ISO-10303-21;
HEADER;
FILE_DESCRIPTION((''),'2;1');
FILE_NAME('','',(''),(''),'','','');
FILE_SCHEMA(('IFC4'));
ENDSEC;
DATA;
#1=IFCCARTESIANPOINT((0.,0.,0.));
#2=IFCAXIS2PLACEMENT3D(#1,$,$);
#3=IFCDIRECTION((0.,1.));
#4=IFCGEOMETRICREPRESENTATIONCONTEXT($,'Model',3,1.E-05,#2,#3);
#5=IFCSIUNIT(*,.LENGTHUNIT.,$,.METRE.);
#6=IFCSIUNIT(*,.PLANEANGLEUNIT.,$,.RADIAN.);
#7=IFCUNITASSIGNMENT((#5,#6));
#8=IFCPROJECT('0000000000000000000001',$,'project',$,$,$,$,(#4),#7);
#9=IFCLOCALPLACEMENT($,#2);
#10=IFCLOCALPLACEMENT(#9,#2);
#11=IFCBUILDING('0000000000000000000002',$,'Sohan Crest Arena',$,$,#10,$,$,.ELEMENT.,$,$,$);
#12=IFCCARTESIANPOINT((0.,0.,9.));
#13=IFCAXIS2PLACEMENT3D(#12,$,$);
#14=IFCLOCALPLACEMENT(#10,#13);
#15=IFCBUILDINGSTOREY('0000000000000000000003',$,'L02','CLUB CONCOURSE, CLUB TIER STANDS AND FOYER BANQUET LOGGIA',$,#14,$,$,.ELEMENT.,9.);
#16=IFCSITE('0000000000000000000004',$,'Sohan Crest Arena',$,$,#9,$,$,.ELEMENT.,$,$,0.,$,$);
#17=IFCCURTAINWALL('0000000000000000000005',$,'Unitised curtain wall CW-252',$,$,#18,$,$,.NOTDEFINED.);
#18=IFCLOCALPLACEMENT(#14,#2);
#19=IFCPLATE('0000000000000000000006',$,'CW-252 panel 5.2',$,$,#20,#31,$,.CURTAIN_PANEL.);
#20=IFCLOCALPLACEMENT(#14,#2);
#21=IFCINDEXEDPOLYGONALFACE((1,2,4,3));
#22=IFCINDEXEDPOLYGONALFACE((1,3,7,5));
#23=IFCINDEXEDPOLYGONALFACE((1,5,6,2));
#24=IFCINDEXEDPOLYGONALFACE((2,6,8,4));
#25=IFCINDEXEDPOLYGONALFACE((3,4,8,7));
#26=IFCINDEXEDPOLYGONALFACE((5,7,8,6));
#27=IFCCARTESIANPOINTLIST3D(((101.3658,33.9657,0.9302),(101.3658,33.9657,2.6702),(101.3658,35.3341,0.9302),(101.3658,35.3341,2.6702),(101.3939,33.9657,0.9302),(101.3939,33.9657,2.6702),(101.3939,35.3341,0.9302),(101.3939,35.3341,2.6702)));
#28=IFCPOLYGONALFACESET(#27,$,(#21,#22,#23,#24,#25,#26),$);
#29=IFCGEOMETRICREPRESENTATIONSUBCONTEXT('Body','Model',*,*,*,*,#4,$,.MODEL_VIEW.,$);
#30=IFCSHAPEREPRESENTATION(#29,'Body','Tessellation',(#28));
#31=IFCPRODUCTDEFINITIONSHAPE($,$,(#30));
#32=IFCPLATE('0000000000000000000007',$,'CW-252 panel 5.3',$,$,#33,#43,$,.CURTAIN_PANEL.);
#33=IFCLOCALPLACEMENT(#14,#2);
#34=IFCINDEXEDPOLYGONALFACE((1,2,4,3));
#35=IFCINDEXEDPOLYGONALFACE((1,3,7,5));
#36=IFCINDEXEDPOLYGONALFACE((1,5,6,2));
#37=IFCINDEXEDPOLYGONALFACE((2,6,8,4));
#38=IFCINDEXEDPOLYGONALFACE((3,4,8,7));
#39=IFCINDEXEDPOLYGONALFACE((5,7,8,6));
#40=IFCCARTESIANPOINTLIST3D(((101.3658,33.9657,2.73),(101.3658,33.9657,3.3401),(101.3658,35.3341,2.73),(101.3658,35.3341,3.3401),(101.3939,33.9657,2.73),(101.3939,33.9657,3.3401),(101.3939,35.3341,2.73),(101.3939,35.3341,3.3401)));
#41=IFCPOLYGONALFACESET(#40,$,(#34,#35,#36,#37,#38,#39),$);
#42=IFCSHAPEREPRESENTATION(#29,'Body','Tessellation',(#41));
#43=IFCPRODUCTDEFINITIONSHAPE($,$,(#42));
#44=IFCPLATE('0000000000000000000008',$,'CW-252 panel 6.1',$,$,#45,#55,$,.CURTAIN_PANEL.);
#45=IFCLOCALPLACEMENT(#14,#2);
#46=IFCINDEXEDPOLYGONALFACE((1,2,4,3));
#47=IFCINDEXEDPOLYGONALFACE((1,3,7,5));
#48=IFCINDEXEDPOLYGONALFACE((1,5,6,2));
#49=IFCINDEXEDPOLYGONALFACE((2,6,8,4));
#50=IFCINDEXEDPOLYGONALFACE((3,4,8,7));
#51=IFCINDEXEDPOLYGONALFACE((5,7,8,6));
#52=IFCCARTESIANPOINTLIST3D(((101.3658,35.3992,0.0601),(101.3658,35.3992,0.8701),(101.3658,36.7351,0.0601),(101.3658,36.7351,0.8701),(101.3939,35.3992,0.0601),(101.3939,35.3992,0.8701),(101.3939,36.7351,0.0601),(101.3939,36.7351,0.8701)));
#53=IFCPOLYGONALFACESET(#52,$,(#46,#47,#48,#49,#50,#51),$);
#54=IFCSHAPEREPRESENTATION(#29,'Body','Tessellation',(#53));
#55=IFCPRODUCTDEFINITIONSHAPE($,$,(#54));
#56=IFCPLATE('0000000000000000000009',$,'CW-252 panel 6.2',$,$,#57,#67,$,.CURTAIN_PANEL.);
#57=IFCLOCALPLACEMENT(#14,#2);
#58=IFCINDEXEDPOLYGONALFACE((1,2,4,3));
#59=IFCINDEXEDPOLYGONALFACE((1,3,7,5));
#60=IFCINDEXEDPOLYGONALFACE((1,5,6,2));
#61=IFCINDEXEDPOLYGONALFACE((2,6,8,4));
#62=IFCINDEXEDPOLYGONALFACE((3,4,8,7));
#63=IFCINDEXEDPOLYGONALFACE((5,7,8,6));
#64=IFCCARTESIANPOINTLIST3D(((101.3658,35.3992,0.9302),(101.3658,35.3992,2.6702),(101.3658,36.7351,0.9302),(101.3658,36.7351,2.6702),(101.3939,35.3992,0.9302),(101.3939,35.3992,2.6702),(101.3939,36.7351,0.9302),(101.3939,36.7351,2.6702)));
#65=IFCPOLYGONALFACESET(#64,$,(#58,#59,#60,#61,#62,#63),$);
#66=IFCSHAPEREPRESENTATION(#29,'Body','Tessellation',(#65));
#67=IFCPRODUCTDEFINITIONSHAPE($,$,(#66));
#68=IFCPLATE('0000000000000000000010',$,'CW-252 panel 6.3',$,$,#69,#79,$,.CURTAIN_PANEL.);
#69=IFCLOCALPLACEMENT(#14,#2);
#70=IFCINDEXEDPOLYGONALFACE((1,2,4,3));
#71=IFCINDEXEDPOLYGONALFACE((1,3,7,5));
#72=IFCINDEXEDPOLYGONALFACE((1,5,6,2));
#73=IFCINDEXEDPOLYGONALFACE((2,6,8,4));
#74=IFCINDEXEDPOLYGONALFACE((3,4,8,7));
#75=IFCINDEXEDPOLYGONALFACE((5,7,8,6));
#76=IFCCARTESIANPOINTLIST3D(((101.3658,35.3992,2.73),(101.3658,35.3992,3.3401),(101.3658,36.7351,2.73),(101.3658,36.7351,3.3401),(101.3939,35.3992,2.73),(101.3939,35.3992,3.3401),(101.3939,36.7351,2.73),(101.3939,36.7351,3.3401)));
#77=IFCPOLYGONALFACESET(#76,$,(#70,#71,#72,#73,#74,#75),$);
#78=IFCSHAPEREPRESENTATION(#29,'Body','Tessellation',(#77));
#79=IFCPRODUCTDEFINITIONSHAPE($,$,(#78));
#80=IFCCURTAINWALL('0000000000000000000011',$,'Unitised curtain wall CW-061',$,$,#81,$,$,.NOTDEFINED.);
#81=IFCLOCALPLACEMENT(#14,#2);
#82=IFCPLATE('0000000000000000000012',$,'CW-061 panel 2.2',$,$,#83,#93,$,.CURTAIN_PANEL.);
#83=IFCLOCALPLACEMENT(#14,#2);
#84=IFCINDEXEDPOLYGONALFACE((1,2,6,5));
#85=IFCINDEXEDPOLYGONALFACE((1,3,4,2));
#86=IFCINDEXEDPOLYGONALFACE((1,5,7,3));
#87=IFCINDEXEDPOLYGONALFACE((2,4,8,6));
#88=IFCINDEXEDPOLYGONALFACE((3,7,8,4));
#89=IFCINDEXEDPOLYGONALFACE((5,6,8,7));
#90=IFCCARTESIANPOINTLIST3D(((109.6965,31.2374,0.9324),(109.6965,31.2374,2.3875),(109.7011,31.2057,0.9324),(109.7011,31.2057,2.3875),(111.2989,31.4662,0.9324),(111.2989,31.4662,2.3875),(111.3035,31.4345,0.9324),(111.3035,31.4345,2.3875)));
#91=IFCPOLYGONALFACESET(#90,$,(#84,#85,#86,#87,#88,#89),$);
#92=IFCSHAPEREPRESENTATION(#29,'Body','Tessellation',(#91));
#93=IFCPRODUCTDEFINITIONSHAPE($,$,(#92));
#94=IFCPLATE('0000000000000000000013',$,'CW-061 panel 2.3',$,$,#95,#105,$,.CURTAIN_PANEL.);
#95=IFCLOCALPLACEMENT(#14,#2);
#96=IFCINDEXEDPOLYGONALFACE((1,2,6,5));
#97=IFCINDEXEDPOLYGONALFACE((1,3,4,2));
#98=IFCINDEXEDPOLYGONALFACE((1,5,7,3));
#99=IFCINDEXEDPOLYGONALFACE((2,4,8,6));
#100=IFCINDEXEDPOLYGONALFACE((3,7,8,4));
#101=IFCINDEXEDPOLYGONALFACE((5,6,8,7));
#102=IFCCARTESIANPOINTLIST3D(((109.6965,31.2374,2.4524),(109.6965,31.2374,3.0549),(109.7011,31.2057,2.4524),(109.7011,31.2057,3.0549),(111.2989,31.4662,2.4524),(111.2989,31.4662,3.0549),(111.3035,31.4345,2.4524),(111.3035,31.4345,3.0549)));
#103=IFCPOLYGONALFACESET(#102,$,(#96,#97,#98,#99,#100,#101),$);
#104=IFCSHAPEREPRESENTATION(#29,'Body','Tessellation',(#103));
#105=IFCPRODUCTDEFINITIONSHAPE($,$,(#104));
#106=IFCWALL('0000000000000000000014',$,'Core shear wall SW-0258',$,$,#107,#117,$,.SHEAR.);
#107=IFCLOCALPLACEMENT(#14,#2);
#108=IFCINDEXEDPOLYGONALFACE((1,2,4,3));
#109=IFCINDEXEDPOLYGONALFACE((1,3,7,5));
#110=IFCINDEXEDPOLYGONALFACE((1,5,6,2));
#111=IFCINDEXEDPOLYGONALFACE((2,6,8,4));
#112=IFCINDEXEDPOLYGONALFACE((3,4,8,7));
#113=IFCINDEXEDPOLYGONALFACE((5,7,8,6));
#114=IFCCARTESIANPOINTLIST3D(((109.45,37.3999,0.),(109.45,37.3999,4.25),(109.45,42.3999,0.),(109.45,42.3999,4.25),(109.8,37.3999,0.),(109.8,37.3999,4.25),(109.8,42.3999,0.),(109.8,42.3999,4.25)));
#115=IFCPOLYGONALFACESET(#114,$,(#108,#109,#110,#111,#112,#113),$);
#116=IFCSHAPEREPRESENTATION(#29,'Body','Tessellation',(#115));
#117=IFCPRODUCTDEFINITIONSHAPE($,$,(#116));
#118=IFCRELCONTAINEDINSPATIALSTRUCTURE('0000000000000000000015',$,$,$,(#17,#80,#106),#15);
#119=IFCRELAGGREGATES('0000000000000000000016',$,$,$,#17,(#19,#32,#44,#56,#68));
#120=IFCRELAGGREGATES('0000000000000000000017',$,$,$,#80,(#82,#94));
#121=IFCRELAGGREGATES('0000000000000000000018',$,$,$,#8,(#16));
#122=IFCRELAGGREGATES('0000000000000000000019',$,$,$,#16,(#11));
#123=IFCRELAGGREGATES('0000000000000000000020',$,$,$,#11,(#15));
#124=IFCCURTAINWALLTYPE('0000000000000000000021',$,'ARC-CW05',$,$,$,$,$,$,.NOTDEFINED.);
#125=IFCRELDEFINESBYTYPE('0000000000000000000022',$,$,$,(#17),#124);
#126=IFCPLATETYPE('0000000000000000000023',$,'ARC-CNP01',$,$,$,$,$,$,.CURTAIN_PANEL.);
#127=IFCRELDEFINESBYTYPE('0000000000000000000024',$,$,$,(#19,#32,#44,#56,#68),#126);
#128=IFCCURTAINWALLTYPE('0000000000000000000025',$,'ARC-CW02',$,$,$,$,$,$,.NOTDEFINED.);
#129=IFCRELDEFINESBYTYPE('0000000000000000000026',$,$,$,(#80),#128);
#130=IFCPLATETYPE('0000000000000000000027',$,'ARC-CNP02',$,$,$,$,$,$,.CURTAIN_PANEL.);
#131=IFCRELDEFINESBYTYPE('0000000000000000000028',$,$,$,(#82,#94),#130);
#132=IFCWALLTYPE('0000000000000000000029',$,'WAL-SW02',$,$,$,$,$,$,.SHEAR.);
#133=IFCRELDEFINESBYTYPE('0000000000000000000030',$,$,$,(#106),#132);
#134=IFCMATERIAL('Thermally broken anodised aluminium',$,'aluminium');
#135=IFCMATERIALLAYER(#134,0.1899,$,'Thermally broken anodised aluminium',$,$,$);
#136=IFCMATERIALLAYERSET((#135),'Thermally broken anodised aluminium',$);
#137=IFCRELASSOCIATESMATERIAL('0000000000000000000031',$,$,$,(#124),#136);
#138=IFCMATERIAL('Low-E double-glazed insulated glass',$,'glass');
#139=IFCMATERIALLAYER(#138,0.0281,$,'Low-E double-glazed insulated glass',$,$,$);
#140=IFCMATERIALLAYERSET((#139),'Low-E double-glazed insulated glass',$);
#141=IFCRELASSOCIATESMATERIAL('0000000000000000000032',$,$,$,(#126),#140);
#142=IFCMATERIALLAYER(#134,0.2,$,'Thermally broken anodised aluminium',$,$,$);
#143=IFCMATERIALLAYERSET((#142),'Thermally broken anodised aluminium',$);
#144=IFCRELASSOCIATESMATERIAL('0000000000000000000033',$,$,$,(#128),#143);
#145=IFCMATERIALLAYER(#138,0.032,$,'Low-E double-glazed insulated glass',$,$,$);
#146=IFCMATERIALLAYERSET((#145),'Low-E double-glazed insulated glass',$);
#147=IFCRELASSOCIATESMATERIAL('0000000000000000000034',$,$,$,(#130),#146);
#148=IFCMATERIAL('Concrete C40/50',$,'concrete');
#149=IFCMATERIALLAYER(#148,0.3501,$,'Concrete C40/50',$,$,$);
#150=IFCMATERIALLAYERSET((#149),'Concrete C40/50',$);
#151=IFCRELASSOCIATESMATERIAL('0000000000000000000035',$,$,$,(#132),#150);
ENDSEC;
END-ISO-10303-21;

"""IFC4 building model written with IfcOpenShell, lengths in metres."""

from ifc_helpers import new_model, si_unit, direction, frame, frame_2d, origin, origin_2d, place, context, subcontext, project, spatial, rectangle, extrude, material, layer, layer_set, type_object, element, aggregate, save


model = new_model("IFC4")

# Units and contexts
model_context = context("Model", 3, precision=1e-05, world=origin(), true_north=direction((0.0, 1.0)))
body_context = subcontext(model_context, "Body", "Model", "MODEL_VIEW")
ifc_project = project(units=[si_unit("LENGTHUNIT", "METRE"), si_unit("PLANEANGLEUNIT", "RADIAN")], contexts=[model_context])

# Site, building, storey
site_placement = place(None, origin())
site = spatial("IfcSite", under=ifc_project, at=site_placement, Name="Sohan Crest Arena", CompositionType="ELEMENT", RefElevation=0.0)
building_placement = place(site_placement, origin())
building = spatial("IfcBuilding", under=site, at=building_placement, Name="Sohan Crest Arena", CompositionType="ELEMENT")
storey_placement = place(building_placement, frame((0.0, 0.0, 9.0)))
storey = spatial("IfcBuildingStorey", under=building, at=storey_placement, Name="L02", Description="CLUB CONCOURSE, CLUB TIER STANDS AND FOYER BANQUET LOGGIA", CompositionType="ELEMENT", Elevation=9.0)

# Curtain wall
ifc_material_1 = material(Name="Thermally broken anodised aluminium", Category="aluminium")
ifc_layer_1 = layer(ifc_material_1, 0.1899, Name="Thermally broken anodised aluminium")
ifc_layer_set_1 = layer_set([ifc_layer_1], Name="Thermally broken anodised aluminium")
curtain_wall_type_1 = type_object("IfcCurtainWallType", Name="ARC-CW05", PredefinedType="NOTDEFINED", material=ifc_layer_set_1)
curtain_wall_1_placement = place(storey_placement, origin())
curtain_wall_1 = element("IfcCurtainWall", 1, at=curtain_wall_1_placement, inside=storey, type_object=curtain_wall_type_1, Name="Unitised curtain wall CW-252", PredefinedType="NOTDEFINED")

# Plates
ifc_material_2 = material(Name="Low-E double-glazed insulated glass", Category="glass")
ifc_layer_2 = layer(ifc_material_2, 0.0281, Name="Low-E double-glazed insulated glass")
ifc_layer_set_2 = layer_set([ifc_layer_2], Name="Low-E double-glazed insulated glass")
plate_type_1 = type_object("IfcPlateType", Name="ARC-CNP01", PredefinedType="CURTAIN_PANEL", material=ifc_layer_set_2)
plate_1_placement = place(storey_placement, frame((101.3799, 34.6499, 0.9302), z_axis=(0.0, 0.0, 1.0), x_axis=(0.0, 1.0, 0.0)))
plate_1 = element("IfcPlate", 2, at=plate_1_placement, type_object=plate_type_1, Name="CW-252 panel 5.2", PredefinedType="CURTAIN_PANEL", context=body_context, shape_type="SweptSolid", body=[
    extrude(rectangle(XDim=1.3684, YDim=0.0281, at=origin_2d()), origin(), (0.0, 0.0, 1.0), 1.74),
])
plate_2_placement = place(storey_placement, frame((101.3799, 34.6499, 2.73), z_axis=(0.0, 0.0, 1.0), x_axis=(0.0, 1.0, 0.0)))
plate_2 = element("IfcPlate", 3, at=plate_2_placement, type_object=plate_type_1, Name="CW-252 panel 5.3", PredefinedType="CURTAIN_PANEL", context=body_context, shape_type="SweptSolid", body=[
    extrude(rectangle(XDim=1.3684, YDim=0.0281, at=origin_2d()), origin(), (0.0, 0.0, 1.0), 0.6101),
])
plate_3_placement = place(storey_placement, frame((101.3799, 36.0671, 0.0601), z_axis=(0.0, 0.0, 1.0), x_axis=(0.0, 1.0, 0.0)))
plate_3 = element("IfcPlate", 4, at=plate_3_placement, type_object=plate_type_1, Name="CW-252 panel 6.1", PredefinedType="CURTAIN_PANEL", context=body_context, shape_type="SweptSolid", body=[
    extrude(rectangle(XDim=1.3359, YDim=0.0281, at=origin_2d()), origin(), (0.0, 0.0, 1.0), 0.8101),
])
plate_4_placement = place(storey_placement, frame((101.3799, 36.0671, 0.9302), z_axis=(0.0, 0.0, 1.0), x_axis=(0.0, 1.0, 0.0)))
plate_4 = element("IfcPlate", 5, at=plate_4_placement, type_object=plate_type_1, Name="CW-252 panel 6.2", PredefinedType="CURTAIN_PANEL", context=body_context, shape_type="SweptSolid", body=[
    extrude(rectangle(XDim=1.3359, YDim=0.0281, at=origin_2d()), origin(), (0.0, 0.0, 1.0), 1.74),
])
plate_5_placement = place(storey_placement, frame((101.3799, 36.0671, 2.73), z_axis=(0.0, 0.0, 1.0), x_axis=(0.0, 1.0, 0.0)))
plate_5 = element("IfcPlate", 6, at=plate_5_placement, type_object=plate_type_1, Name="CW-252 panel 6.3", PredefinedType="CURTAIN_PANEL", context=body_context, shape_type="SweptSolid", body=[
    extrude(rectangle(XDim=1.3359, YDim=0.0281, at=origin_2d()), origin(), (0.0, 0.0, 1.0), 0.6101),
])
aggregate(curtain_wall_1, [plate_1, plate_2, plate_3, plate_4, plate_5])

# Curtain wall, plates
ifc_layer_3 = layer(ifc_material_1, 0.2, Name="Thermally broken anodised aluminium")
ifc_layer_set_3 = layer_set([ifc_layer_3], Name="Thermally broken anodised aluminium")
curtain_wall_type_2 = type_object("IfcCurtainWallType", Name="ARC-CW02", PredefinedType="NOTDEFINED", material=ifc_layer_set_3)
curtain_wall_2_placement = place(storey_placement, origin())
curtain_wall_2 = element("IfcCurtainWall", 7, at=curtain_wall_2_placement, inside=storey, type_object=curtain_wall_type_2, Name="Unitised curtain wall CW-061", PredefinedType="NOTDEFINED")
ifc_layer_4 = layer(ifc_material_2, 0.032, Name="Low-E double-glazed insulated glass")
ifc_layer_set_4 = layer_set([ifc_layer_4], Name="Low-E double-glazed insulated glass")
plate_type_2 = type_object("IfcPlateType", Name="ARC-CNP02", PredefinedType="CURTAIN_PANEL", material=ifc_layer_set_4)
plate_6_placement = place(storey_placement, frame((110.5, 31.3359, 0.9324), z_axis=(0.0, 0.0, 1.0), x_axis=(0.989957, 0.141366, 0.0)))
plate_6 = element("IfcPlate", 8, at=plate_6_placement, type_object=plate_type_2, Name="CW-061 panel 2.2", PredefinedType="CURTAIN_PANEL", context=body_context, shape_type="SweptSolid", body=[
    extrude(rectangle(XDim=1.6187, YDim=0.032, at=origin_2d()), origin(), (0.0, 0.0, 1.0), 1.4551),
])
plate_7_placement = place(storey_placement, frame((110.5, 31.3359, 2.4524), z_axis=(0.0, 0.0, 1.0), x_axis=(0.989957, 0.141366, 0.0)))
plate_7 = element("IfcPlate", 9, at=plate_7_placement, type_object=plate_type_2, Name="CW-061 panel 2.3", PredefinedType="CURTAIN_PANEL", context=body_context, shape_type="SweptSolid", body=[
    extrude(rectangle(XDim=1.6187, YDim=0.032, at=origin_2d()), origin(), (0.0, 0.0, 1.0), 0.6025),
])
aggregate(curtain_wall_2, [plate_6, plate_7])

# Wall
ifc_material_3 = material(Name="Concrete C40/50", Category="concrete")
ifc_layer_5 = layer(ifc_material_3, 0.3501, Name="Concrete C40/50")
ifc_layer_set_5 = layer_set([ifc_layer_5], Name="Concrete C40/50")
wall_type = type_object("IfcWallType", Name="WAL-SW02", PredefinedType="SHEAR", material=ifc_layer_set_5)
wall_placement = place(storey_placement, frame((109.625, 37.3999, 0.0), z_axis=(0.0, 0.0, 1.0), x_axis=(0.0, 1.0, 0.0)))
element("IfcWall", 10, at=wall_placement, inside=storey, type_object=wall_type, Name="Core shear wall SW-0258", PredefinedType="SHEAR", context=body_context, shape_type="SweptSolid", body=[
    extrude(rectangle(XDim=5.0, YDim=0.3501, at=frame_2d((2.5, 0.0))), origin(), (0.0, 0.0, 1.0), 4.25),
])

save(model, "model.ifc")
